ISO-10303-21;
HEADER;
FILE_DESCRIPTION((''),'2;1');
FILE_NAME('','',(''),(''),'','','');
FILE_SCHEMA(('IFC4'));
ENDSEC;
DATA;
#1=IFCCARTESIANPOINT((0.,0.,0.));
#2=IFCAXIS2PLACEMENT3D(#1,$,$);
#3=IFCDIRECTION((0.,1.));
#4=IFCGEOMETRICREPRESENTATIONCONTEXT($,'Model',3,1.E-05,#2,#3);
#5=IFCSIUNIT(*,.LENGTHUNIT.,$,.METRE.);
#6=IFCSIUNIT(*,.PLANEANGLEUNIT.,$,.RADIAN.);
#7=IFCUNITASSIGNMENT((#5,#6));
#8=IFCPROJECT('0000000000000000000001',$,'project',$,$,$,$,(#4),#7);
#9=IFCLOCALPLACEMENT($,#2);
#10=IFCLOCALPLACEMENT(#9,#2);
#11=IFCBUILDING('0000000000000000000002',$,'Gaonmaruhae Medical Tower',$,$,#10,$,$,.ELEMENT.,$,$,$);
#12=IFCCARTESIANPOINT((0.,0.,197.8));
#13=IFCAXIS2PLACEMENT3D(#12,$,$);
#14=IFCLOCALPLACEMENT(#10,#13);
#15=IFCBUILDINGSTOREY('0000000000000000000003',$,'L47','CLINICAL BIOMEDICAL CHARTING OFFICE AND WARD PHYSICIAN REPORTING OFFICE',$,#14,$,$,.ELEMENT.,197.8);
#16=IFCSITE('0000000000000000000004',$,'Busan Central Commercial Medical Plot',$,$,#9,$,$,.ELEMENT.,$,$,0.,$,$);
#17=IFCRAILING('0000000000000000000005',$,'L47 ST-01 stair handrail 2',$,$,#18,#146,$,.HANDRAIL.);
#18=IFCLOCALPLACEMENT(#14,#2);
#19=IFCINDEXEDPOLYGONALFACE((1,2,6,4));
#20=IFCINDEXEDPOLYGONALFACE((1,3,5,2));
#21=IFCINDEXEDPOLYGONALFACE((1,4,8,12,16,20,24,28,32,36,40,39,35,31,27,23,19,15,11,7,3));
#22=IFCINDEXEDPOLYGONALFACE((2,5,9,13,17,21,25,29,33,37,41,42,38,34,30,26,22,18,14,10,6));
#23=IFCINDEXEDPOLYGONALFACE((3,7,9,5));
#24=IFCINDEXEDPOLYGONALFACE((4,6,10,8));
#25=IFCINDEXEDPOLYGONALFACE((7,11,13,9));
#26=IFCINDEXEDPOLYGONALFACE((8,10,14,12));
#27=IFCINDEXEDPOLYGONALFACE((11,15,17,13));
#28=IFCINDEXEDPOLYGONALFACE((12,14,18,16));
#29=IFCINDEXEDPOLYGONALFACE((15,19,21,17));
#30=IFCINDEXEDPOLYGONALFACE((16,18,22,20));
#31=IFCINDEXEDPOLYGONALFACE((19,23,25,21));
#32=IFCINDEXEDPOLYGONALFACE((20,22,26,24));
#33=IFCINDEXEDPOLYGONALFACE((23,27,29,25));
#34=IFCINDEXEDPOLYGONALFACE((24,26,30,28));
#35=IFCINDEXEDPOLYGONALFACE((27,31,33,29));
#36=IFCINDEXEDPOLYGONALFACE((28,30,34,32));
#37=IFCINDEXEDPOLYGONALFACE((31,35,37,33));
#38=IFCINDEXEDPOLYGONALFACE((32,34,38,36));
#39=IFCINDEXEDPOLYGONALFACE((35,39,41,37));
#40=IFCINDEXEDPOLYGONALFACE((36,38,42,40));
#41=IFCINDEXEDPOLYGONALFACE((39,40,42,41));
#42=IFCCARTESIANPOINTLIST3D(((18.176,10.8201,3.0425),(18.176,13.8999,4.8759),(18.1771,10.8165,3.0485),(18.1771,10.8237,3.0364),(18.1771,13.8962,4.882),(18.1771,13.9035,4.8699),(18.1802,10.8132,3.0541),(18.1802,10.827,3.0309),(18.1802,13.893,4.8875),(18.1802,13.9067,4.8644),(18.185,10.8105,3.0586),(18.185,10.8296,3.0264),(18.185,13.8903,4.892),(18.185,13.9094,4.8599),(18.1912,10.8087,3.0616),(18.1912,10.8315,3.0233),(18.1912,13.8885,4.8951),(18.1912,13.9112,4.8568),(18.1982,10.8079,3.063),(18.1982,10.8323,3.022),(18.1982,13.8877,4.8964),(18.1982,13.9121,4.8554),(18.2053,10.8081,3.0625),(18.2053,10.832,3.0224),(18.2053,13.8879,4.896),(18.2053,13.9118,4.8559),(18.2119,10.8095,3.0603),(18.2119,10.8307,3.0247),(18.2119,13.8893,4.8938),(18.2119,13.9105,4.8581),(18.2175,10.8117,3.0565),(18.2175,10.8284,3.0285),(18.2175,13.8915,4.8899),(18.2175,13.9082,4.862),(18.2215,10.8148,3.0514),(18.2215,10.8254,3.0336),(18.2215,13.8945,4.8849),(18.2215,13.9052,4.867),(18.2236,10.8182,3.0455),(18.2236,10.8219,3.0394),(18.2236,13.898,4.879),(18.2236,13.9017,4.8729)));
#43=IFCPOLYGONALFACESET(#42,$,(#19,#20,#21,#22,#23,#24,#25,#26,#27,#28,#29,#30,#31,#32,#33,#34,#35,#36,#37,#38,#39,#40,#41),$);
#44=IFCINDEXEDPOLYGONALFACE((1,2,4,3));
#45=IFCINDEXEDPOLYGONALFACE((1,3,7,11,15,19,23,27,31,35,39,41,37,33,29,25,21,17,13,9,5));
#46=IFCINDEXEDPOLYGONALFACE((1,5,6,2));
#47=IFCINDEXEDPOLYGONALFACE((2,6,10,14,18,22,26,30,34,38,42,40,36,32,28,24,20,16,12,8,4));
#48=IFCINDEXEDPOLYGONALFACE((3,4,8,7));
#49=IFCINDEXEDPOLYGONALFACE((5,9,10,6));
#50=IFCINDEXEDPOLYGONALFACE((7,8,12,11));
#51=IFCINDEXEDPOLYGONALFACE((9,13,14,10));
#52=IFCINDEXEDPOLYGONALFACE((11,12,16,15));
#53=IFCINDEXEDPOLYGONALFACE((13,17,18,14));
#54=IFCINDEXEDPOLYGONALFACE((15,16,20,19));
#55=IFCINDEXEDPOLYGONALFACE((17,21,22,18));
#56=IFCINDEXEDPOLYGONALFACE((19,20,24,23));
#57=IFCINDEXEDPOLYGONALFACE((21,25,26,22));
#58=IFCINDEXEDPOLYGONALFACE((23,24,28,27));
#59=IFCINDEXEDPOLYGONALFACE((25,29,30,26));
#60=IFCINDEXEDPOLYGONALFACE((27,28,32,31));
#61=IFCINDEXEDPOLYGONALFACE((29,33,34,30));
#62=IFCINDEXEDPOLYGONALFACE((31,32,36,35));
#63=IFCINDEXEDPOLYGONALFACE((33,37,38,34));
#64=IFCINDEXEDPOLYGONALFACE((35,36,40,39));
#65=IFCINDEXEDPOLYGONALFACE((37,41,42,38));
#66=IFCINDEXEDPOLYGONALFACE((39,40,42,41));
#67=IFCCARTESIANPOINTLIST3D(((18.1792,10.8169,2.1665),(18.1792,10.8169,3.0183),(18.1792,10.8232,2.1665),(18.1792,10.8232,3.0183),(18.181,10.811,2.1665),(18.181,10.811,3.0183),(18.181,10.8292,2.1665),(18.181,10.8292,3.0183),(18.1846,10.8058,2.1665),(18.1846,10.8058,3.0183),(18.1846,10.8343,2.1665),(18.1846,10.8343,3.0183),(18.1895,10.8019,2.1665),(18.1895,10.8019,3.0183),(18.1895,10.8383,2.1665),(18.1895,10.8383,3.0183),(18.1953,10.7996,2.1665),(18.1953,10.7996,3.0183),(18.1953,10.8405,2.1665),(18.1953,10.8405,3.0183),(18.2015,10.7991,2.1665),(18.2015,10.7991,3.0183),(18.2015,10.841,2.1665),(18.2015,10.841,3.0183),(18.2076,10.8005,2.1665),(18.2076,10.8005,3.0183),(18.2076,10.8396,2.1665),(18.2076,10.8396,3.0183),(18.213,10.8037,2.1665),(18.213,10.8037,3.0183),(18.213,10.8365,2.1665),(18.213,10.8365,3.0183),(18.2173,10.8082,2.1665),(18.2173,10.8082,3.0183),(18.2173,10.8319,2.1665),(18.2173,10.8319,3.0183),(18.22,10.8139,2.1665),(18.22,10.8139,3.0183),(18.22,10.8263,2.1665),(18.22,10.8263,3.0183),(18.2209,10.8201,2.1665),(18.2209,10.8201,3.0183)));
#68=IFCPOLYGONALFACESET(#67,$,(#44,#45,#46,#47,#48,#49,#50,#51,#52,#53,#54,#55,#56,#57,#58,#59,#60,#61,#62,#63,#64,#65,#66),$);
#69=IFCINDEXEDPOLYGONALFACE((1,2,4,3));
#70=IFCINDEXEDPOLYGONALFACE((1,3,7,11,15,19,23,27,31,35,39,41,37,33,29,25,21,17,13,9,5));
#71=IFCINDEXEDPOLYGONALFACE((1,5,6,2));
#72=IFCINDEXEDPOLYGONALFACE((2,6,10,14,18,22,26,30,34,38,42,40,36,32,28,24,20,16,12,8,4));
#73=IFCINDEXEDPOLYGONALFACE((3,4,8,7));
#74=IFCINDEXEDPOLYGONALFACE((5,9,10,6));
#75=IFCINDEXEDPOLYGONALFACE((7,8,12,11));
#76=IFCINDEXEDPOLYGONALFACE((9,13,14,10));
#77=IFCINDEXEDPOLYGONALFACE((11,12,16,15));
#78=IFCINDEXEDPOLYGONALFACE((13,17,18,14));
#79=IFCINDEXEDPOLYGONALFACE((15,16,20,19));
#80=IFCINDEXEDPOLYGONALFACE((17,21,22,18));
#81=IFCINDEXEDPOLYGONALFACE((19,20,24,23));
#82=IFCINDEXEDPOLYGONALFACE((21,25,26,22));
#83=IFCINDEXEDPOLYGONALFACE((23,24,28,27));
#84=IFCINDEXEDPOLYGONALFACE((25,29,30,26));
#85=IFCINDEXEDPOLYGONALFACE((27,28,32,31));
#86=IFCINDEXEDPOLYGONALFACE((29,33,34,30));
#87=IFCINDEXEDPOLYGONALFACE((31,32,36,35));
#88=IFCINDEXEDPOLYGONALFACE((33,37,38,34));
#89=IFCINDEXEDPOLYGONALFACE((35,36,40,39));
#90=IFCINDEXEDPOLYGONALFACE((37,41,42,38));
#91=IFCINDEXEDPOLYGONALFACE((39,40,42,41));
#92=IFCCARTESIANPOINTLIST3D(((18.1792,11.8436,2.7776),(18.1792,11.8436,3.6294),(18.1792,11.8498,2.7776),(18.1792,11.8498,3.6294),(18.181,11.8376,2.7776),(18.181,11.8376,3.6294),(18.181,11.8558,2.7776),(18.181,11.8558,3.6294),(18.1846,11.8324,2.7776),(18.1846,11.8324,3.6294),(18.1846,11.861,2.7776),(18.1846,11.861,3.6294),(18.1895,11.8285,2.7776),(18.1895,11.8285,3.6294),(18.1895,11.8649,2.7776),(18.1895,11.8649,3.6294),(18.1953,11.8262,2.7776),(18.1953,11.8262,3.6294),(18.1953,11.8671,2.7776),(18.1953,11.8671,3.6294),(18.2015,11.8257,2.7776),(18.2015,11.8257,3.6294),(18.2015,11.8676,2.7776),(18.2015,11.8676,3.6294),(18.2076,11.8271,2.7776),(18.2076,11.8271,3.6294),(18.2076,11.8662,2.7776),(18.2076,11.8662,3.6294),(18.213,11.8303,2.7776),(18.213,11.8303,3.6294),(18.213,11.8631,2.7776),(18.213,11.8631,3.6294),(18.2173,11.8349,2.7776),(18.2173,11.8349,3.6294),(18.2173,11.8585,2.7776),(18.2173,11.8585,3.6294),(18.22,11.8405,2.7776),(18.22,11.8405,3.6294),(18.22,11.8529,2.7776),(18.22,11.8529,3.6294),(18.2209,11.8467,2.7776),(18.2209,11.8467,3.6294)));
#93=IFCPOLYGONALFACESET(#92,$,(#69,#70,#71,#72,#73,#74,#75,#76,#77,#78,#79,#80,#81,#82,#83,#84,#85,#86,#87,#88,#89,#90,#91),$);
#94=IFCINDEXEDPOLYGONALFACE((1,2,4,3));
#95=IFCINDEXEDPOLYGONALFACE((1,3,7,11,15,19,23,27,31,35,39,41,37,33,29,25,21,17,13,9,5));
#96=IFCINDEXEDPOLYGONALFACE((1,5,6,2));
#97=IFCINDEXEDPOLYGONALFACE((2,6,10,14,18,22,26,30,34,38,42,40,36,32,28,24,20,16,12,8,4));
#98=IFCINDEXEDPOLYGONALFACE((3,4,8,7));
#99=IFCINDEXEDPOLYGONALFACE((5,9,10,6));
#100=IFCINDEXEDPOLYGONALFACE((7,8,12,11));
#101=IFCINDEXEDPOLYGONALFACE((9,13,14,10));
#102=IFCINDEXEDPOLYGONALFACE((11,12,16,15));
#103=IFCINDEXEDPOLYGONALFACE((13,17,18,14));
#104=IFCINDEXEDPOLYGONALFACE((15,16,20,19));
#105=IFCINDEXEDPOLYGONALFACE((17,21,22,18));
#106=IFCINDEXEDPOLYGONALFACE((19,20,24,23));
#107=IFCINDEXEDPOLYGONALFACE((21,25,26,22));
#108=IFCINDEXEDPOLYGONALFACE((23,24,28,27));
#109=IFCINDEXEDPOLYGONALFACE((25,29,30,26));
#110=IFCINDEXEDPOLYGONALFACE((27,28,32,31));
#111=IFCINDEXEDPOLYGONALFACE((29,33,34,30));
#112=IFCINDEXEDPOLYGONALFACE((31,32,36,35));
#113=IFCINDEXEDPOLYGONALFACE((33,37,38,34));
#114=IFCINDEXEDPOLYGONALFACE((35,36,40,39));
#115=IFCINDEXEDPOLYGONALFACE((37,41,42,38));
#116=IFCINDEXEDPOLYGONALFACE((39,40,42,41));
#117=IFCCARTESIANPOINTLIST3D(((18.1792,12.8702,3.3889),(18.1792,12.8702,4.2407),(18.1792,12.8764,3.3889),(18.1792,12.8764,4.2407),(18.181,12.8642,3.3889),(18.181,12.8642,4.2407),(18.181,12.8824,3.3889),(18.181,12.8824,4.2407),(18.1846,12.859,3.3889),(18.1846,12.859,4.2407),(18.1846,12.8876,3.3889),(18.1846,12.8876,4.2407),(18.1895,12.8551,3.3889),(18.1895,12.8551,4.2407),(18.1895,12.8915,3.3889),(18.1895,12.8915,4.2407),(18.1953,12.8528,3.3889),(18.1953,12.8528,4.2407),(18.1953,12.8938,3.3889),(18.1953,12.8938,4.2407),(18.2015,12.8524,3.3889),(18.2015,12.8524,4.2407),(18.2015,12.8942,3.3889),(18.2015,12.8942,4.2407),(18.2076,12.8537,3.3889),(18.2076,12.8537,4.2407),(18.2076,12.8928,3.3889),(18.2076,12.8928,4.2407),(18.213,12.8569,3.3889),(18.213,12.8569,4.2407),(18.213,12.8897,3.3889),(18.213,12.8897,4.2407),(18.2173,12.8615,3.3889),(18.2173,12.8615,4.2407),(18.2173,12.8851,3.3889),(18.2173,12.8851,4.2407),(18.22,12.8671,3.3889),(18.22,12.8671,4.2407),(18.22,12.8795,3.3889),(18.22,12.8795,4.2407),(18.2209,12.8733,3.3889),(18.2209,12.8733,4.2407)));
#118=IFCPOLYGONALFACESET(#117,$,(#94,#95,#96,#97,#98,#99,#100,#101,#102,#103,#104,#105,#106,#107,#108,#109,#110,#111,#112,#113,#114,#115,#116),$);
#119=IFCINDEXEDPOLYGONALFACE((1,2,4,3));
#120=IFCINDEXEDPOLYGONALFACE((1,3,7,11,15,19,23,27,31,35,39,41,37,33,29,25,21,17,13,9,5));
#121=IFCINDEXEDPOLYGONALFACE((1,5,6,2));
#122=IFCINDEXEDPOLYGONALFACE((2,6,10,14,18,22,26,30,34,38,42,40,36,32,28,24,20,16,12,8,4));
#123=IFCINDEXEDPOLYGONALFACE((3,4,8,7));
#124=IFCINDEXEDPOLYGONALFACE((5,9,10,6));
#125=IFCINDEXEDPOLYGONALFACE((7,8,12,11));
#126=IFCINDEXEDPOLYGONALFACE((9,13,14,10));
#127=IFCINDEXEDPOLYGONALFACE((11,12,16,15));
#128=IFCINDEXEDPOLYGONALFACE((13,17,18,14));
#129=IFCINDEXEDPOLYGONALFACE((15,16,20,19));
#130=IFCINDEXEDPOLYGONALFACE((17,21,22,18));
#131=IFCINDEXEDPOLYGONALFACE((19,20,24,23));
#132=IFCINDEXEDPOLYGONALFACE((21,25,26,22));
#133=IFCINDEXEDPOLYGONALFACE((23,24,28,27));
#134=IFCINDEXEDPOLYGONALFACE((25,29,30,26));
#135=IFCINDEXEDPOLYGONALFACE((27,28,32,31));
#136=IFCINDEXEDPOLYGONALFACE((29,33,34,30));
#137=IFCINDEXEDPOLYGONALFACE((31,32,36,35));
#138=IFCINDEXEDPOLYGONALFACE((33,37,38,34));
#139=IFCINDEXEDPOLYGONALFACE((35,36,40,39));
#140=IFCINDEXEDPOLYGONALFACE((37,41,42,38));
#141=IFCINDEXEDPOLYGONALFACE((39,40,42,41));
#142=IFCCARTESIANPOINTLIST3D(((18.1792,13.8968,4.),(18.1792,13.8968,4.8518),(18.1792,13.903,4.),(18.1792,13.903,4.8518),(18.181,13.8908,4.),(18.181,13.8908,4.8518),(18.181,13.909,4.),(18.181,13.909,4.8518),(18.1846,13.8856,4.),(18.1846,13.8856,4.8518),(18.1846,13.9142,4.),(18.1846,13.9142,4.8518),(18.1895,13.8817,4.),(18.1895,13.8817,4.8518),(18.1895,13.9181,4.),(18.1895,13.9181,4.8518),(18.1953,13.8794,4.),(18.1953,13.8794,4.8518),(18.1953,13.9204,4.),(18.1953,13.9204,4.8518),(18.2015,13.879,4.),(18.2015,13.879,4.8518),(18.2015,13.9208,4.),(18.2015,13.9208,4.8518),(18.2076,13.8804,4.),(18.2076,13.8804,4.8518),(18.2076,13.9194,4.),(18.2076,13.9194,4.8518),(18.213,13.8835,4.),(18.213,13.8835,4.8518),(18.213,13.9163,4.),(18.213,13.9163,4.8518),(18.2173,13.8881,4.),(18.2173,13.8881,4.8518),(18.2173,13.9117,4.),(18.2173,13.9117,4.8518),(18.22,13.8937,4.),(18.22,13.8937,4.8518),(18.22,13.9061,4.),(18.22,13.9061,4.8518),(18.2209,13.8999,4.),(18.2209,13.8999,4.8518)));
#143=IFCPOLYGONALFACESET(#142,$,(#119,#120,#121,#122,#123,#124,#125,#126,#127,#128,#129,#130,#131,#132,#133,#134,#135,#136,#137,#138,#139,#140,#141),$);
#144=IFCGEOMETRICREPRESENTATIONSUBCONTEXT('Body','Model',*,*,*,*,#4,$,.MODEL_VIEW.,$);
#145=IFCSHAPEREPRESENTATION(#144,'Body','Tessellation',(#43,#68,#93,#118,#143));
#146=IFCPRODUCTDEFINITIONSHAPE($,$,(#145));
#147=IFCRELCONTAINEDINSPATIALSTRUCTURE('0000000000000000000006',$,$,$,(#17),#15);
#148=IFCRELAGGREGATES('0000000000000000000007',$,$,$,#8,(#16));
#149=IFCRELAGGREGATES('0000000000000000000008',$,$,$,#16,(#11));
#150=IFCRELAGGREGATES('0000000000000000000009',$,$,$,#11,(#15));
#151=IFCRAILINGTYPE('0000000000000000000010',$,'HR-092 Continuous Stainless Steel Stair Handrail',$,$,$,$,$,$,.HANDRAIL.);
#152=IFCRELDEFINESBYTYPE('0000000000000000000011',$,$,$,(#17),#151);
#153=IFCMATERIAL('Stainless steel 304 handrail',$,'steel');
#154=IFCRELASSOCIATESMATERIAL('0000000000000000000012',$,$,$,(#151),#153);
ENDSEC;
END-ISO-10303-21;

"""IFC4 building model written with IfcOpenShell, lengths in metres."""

from ifc_helpers import new_model, si_unit, direction, frame, origin, origin_2d, place, context, subcontext, project, spatial, circle, extrude, material, type_object, element, save


model = new_model("IFC4")

# Units and contexts
model_context = context("Model", 3, precision=1e-05, world=origin(), true_north=direction((0.0, 1.0)))
body_context = subcontext(model_context, "Body", "Model", "MODEL_VIEW")
ifc_project = project(units=[si_unit("LENGTHUNIT", "METRE"), si_unit("PLANEANGLEUNIT", "RADIAN")], contexts=[model_context])

# Site, building, storey
site_placement = place(None, origin())
site = spatial("IfcSite", under=ifc_project, at=site_placement, Name="Busan Central Commercial Medical Plot", CompositionType="ELEMENT", RefElevation=0.0)
building_placement = place(site_placement, origin())
building = spatial("IfcBuilding", under=site, at=building_placement, Name="Gaonmaruhae Medical Tower", CompositionType="ELEMENT")
storey_placement = place(building_placement, frame((0.0, 0.0, 197.8)))
storey = spatial("IfcBuildingStorey", under=building, at=storey_placement, Name="L47", Description="CLINICAL BIOMEDICAL CHARTING OFFICE AND WARD PHYSICIAN REPORTING OFFICE", CompositionType="ELEMENT", Elevation=197.8)

# Railing
ifc_material_1 = material(Name="Stainless steel 304 handrail", Category="steel")
railing_type_1 = type_object("IfcRailingType", Name="HR-092 Continuous Stainless Steel Stair Handrail", PredefinedType="HANDRAIL", material=ifc_material_1)
railing_1_placement = place(storey_placement, frame((18.2, 10.8201, 2.1665)))
element("IfcRailing", 1, at=railing_1_placement, inside=storey, type_object=railing_type_1, Name="L47 ST-01 stair handrail 2", PredefinedType="HANDRAIL", context=body_context, shape_type="SweptSolid", body=[
    extrude(circle(Radius=0.0239, at=origin_2d()), frame((0.0, 0.0, 0.876), z_axis=(0.0, 0.859261, 0.511538), x_axis=(-1.0, 0.0, 0.0)), (0.0, 0.0, 1.0), 3.5842),
    extrude(circle(Radius=0.021, at=origin_2d()), origin(), (0.0, 0.0, 1.0), 0.8518),
    extrude(circle(Radius=0.021, at=origin_2d()), frame((0.0, 1.0266, 0.6111)), (0.0, 0.0, 1.0), 0.8518),
    extrude(circle(Radius=0.021, at=origin_2d()), frame((0.0, 2.0532, 1.2224)), (0.0, 0.0, 1.0), 0.8518),
    extrude(circle(Radius=0.021, at=origin_2d()), frame((0.0, 3.0798, 1.8335)), (0.0, 0.0, 1.0), 0.8518),
])

save(model, "model.ifc")
